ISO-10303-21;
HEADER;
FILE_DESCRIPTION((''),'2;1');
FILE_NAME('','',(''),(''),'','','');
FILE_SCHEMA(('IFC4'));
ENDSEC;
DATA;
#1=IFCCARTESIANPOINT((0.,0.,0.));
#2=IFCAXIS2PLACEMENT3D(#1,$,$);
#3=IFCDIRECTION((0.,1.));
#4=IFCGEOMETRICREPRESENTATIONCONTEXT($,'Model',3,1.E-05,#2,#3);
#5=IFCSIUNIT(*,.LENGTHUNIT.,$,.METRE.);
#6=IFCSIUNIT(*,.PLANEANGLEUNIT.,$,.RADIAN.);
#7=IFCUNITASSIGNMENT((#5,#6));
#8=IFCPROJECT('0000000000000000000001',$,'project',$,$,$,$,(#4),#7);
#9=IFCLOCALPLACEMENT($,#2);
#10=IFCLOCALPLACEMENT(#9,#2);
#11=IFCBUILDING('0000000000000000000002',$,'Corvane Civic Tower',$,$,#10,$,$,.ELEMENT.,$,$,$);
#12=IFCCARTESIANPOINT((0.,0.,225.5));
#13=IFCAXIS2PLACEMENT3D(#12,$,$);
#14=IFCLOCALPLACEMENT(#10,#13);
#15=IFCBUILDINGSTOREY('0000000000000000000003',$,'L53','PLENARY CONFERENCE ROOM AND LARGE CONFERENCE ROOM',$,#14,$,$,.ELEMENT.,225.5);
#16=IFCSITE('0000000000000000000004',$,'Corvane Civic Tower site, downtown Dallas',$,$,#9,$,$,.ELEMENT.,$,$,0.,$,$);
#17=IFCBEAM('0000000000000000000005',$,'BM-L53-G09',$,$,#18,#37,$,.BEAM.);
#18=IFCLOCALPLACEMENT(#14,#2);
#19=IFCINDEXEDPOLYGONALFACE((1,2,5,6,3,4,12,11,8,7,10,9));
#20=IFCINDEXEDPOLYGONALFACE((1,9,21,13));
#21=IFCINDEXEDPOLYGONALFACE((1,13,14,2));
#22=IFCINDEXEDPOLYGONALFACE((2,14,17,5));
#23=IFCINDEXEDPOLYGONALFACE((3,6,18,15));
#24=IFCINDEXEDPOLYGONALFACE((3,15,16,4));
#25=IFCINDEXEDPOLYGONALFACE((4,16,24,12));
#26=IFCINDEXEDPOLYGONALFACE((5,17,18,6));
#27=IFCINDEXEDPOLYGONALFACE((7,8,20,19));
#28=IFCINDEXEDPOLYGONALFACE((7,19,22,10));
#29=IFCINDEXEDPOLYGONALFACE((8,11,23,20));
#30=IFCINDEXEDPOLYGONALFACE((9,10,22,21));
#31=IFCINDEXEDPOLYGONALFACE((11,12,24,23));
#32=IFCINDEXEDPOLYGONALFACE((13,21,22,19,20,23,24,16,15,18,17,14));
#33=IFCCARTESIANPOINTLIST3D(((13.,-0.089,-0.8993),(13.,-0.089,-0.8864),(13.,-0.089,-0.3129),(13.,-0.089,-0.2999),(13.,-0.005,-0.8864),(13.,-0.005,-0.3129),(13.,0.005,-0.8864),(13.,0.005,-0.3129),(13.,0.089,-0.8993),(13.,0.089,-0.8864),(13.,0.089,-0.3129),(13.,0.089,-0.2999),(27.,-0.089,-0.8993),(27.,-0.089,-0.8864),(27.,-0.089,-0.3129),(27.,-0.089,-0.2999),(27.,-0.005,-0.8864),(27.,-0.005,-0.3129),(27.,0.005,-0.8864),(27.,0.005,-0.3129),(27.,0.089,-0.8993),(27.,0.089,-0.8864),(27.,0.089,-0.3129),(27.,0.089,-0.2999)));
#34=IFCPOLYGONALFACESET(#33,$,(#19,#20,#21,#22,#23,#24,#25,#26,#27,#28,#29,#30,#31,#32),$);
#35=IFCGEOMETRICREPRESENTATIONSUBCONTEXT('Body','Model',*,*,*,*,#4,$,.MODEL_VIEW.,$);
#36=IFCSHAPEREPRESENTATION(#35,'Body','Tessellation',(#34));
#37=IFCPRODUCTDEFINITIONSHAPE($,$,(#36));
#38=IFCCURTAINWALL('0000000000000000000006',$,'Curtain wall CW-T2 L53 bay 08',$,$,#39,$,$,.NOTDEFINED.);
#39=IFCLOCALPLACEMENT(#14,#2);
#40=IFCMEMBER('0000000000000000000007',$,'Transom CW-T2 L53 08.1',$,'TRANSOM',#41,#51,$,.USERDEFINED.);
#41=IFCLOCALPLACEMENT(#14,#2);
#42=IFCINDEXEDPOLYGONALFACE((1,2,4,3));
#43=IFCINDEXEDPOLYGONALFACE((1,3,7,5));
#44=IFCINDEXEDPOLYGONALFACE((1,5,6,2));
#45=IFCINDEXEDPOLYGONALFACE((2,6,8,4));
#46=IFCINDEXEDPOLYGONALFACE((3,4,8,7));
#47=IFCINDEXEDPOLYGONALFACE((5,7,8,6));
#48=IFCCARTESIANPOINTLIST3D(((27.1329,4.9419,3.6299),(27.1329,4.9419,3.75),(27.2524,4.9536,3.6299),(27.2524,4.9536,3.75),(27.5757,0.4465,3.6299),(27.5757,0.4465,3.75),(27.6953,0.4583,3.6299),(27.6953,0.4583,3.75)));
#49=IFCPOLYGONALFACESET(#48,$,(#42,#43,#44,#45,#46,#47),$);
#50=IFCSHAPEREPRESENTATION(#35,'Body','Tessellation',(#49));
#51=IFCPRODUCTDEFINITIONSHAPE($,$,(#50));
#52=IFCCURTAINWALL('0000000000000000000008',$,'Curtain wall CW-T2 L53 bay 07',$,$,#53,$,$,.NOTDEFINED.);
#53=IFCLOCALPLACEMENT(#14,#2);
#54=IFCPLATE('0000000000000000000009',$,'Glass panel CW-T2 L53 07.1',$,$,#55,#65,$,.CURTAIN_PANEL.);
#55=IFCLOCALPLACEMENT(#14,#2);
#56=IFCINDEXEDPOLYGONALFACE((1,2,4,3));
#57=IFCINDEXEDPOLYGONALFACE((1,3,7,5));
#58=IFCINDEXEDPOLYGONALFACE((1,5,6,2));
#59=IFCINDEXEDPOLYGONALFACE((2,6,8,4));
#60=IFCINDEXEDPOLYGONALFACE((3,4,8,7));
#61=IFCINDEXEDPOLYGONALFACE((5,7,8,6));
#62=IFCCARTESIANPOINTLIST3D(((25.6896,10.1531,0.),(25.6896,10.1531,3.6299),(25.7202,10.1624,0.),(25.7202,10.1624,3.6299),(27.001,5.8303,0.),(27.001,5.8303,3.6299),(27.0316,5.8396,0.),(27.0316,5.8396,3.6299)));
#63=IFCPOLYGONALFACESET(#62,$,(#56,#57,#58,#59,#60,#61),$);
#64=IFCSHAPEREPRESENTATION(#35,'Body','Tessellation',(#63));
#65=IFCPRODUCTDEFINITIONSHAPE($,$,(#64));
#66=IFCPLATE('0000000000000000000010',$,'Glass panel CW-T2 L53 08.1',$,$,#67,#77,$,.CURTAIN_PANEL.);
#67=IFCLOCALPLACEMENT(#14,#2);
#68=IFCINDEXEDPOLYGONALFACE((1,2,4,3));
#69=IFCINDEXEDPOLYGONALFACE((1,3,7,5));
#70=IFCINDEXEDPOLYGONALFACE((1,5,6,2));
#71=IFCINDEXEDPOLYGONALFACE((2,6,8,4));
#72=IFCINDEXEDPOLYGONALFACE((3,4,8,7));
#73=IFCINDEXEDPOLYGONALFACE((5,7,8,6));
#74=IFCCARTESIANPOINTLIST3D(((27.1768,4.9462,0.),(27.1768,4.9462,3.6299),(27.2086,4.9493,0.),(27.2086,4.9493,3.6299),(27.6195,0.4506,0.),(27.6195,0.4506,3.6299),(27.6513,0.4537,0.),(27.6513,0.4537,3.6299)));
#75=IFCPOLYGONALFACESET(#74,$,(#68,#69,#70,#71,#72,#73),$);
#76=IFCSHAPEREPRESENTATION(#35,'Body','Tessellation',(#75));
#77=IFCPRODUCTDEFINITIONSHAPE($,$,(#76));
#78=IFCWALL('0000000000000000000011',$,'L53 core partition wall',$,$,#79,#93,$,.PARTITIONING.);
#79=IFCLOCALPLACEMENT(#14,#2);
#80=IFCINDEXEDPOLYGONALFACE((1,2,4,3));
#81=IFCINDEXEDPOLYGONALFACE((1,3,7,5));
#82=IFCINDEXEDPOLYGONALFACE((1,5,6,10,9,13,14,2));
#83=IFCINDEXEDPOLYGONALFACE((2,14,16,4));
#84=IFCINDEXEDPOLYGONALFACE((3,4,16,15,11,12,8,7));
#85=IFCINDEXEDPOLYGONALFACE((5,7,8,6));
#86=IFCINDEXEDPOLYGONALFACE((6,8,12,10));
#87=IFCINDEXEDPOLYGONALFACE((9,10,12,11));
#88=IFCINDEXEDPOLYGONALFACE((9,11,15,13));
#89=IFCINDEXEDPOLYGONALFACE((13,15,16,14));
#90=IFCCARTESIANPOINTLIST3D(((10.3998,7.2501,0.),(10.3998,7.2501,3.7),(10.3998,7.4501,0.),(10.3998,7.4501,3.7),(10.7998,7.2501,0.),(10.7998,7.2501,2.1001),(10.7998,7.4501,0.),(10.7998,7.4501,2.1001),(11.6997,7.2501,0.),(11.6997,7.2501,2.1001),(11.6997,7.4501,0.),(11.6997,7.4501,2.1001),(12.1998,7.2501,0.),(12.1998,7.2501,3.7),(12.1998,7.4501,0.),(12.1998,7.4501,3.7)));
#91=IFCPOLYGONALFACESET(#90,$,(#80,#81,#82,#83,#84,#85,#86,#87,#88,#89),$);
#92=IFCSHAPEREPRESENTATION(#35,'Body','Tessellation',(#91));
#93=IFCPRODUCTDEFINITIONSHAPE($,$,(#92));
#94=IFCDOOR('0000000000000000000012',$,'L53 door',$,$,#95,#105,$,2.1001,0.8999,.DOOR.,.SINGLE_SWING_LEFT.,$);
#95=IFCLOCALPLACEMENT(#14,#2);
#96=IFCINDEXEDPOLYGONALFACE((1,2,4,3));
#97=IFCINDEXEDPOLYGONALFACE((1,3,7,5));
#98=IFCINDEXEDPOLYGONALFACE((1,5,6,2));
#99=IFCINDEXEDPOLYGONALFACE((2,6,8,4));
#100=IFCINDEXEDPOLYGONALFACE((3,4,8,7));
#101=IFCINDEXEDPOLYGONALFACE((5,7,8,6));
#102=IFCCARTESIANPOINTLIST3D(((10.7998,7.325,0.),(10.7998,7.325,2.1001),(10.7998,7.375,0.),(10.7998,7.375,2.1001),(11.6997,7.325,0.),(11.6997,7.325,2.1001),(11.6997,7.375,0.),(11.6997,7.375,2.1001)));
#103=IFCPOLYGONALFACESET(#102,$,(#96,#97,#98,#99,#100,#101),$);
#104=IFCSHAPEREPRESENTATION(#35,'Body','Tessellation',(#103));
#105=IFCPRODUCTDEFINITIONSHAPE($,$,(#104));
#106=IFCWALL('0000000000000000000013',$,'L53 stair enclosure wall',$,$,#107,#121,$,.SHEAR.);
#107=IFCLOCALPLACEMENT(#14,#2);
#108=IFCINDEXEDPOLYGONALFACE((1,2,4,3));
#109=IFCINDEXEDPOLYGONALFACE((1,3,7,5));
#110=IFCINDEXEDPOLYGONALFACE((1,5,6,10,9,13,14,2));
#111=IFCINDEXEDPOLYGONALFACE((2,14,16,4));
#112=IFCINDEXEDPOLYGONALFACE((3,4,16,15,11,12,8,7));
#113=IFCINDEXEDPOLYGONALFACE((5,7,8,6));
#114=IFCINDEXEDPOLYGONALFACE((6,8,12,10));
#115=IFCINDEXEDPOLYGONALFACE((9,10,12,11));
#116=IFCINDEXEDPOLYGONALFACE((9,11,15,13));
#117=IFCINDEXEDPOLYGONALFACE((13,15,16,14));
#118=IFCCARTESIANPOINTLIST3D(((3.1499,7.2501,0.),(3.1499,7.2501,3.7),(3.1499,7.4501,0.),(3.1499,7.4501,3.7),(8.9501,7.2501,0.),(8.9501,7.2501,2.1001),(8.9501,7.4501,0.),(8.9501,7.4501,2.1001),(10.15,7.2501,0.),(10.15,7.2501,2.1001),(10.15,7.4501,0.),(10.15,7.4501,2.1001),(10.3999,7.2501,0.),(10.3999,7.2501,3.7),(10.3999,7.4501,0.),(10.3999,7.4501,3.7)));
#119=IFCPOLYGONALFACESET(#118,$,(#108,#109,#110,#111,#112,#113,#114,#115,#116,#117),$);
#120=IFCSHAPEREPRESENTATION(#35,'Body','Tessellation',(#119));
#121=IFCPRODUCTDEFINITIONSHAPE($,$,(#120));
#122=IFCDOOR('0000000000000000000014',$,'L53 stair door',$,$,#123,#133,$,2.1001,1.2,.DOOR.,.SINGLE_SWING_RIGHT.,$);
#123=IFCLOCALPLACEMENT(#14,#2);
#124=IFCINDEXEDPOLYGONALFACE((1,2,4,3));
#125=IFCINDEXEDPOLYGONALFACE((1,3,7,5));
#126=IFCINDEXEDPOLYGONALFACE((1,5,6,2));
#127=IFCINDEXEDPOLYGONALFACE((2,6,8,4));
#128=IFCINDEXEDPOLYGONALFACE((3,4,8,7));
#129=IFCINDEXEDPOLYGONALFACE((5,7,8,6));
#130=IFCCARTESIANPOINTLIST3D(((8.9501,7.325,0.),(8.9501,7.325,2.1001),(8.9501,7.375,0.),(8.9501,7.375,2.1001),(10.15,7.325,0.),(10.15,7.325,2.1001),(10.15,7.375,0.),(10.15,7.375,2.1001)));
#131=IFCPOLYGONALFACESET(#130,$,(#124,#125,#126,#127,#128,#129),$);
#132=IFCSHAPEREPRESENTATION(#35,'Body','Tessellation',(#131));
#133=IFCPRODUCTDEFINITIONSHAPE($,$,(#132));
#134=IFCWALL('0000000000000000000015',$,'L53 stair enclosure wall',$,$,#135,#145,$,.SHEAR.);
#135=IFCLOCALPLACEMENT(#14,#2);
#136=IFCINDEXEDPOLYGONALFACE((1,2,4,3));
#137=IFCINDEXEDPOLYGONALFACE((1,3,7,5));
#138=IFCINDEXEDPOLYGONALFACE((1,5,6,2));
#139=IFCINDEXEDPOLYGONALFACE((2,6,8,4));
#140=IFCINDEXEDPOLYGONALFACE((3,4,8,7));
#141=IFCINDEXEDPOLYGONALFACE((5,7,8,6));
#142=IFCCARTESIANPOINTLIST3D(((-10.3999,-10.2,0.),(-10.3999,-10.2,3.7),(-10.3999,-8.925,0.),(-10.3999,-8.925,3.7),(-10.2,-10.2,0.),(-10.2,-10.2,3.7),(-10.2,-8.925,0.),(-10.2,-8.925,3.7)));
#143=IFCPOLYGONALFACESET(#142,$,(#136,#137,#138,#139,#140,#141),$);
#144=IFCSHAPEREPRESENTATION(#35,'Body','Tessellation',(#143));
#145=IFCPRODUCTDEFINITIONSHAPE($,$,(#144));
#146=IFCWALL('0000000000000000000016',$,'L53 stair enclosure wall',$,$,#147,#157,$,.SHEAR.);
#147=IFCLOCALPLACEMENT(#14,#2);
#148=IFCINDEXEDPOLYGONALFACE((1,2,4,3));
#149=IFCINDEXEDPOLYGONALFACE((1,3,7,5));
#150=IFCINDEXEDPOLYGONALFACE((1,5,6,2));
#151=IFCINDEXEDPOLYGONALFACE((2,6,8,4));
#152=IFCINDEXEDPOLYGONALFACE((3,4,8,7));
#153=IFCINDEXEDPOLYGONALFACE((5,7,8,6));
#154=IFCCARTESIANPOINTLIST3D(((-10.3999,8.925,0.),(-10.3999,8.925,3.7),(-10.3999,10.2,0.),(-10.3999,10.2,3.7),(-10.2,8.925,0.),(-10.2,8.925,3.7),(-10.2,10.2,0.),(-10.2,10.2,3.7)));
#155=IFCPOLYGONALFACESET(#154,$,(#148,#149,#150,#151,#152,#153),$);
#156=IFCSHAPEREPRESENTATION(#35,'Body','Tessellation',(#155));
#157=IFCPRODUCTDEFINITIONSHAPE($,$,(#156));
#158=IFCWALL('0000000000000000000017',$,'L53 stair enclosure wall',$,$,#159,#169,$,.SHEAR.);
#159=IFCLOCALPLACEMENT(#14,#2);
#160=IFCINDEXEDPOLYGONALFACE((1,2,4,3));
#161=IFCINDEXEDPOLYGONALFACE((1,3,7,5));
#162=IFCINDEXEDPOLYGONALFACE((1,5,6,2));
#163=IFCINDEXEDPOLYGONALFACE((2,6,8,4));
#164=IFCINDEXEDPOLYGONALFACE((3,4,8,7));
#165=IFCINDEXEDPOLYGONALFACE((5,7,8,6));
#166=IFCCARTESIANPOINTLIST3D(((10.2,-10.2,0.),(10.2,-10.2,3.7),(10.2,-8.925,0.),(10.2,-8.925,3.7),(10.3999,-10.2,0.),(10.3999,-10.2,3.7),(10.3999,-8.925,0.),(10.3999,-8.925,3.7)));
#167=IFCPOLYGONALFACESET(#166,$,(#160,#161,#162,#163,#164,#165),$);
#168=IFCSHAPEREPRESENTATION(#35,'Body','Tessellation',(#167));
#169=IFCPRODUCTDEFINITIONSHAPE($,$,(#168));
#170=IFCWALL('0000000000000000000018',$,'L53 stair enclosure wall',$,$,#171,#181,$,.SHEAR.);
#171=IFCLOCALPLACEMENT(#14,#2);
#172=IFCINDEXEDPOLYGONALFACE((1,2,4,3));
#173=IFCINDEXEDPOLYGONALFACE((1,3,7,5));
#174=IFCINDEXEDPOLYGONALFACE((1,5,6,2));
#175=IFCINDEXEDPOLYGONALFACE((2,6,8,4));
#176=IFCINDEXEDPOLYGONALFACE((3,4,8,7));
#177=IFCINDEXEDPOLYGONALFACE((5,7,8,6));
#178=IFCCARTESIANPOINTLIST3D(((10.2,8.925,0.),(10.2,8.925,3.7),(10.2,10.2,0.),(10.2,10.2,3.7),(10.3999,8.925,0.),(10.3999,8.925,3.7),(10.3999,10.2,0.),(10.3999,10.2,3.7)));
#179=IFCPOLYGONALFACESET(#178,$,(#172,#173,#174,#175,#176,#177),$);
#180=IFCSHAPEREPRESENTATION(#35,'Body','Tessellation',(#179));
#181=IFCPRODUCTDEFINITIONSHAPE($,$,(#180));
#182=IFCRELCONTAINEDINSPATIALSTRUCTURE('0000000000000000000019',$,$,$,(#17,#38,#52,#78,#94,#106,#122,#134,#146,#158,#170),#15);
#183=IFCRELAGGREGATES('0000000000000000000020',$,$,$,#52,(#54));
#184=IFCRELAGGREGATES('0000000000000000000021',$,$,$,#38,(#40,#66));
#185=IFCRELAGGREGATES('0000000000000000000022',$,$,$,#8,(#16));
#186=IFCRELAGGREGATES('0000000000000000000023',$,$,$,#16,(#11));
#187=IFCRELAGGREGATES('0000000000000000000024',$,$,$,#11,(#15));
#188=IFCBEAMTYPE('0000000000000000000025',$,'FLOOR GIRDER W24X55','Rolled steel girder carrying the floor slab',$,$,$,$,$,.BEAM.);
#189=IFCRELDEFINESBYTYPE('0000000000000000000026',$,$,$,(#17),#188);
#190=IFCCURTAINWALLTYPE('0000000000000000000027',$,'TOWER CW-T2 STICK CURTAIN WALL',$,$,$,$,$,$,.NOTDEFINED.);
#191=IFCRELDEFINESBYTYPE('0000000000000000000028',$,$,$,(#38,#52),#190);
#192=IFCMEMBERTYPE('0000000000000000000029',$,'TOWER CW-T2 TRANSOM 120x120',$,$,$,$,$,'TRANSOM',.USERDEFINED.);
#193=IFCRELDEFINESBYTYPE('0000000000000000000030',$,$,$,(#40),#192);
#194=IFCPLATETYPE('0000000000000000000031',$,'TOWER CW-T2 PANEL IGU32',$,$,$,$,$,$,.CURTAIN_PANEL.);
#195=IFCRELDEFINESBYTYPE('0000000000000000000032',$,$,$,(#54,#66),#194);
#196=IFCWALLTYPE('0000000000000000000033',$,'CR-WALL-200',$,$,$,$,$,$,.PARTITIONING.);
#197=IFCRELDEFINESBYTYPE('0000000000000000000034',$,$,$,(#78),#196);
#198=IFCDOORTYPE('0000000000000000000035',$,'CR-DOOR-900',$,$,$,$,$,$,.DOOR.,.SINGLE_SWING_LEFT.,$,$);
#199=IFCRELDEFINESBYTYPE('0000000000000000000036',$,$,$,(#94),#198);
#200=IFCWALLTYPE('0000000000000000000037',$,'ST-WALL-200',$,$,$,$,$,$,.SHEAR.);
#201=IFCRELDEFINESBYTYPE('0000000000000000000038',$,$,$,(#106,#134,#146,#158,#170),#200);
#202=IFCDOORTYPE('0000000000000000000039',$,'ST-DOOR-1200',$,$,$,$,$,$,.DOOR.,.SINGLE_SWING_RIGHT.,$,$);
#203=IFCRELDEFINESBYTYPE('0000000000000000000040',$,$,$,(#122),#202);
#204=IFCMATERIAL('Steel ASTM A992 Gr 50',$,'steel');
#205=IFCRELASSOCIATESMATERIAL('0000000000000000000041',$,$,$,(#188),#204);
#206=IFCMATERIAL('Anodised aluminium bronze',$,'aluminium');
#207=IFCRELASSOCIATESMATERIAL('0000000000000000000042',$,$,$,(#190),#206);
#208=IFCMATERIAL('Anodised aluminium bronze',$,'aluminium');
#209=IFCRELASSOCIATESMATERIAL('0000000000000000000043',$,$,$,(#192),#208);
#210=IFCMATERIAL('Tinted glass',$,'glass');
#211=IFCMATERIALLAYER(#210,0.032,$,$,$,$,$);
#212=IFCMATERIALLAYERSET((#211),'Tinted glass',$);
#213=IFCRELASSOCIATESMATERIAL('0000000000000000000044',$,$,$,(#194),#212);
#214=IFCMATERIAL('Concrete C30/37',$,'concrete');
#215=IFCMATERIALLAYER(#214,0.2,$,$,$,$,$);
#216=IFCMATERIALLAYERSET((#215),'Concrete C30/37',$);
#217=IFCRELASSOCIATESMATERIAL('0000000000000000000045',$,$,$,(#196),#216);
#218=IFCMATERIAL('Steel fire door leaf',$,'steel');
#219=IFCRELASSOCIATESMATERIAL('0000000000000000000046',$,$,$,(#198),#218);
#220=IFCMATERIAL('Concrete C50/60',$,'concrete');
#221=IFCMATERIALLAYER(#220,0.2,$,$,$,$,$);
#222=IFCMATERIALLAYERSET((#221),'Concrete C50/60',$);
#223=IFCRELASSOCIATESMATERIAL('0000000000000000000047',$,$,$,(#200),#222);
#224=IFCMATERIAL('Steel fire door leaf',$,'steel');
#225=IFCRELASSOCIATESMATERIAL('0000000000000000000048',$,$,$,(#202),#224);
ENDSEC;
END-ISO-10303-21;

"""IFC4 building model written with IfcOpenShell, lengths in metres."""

from ifc_helpers import new_model, si_unit, direction, frame, frame_2d, origin, origin_2d, place, context, subcontext, project, spatial, polyline, rectangle, i_section, outline, extrude, material, layer, layer_set, material_profile, profile_set, type_object, element, fill, aggregate, save


model = new_model("IFC4")

# Units and contexts
model_context = context("Model", 3, precision=1e-05, world=origin(), true_north=direction((0.0, 1.0)))
body_context = subcontext(model_context, "Body", "Model", "MODEL_VIEW")
ifc_project = project(units=[si_unit("LENGTHUNIT", "METRE"), si_unit("PLANEANGLEUNIT", "RADIAN")], contexts=[model_context])

# Site, building, storey
site_placement = place(None, origin())
site = spatial("IfcSite", under=ifc_project, at=site_placement, Name="Corvane Civic Tower site, downtown Dallas", CompositionType="ELEMENT", RefElevation=0.0)
building_placement = place(site_placement, origin())
building = spatial("IfcBuilding", under=site, at=building_placement, Name="Corvane Civic Tower", CompositionType="ELEMENT")
storey_placement = place(building_placement, frame((0.0, 0.0, 225.5)))
storey = spatial("IfcBuildingStorey", under=building, at=storey_placement, Name="L53", Description="PLENARY CONFERENCE ROOM AND LARGE CONFERENCE ROOM", CompositionType="ELEMENT", Elevation=225.5)

# Beam
ifc_material_1 = material(Name="Steel ASTM A992 Gr 50", Category="steel")
ifc_material_profile_1 = material_profile(ifc_material_1, i_section(OverallWidth=0.178, OverallDepth=0.5994, WebThickness=0.01, FlangeThickness=0.0129, at=origin_2d()), Name="W24X55")
ifc_profile_set_1 = profile_set([ifc_material_profile_1], Name="Steel ASTM A992 Gr 50")
beam_type_1 = type_object("IfcBeamType", Name="FLOOR GIRDER W24X55", Description="Rolled steel girder carrying the floor slab", PredefinedType="BEAM", material=ifc_profile_set_1)
beam_1_placement = place(storey_placement, frame((13.0, 0.0, -0.5996), z_axis=(1.0, 0.0, 0.0), x_axis=(0.0, 1.0, 0.0)))
element("IfcBeam", 1, at=beam_1_placement, inside=storey, type_object=beam_type_1, Name="BM-L53-G09", PredefinedType="BEAM", context=body_context, shape_type="SweptSolid", body=[
    extrude(i_section(OverallWidth=0.178, OverallDepth=0.5994, WebThickness=0.01, FlangeThickness=0.0129, at=origin_2d()), origin(), (0.0, 0.0, 1.0), 14.0),
])

# Curtain wall, member
ifc_material_2 = material(Name="Anodised aluminium bronze", Category="aluminium")
curtain_wall_type = type_object("IfcCurtainWallType", Name="TOWER CW-T2 STICK CURTAIN WALL", PredefinedType="NOTDEFINED", material=ifc_material_2)
curtain_wall_1_placement = place(storey_placement, origin())
curtain_wall_1 = element("IfcCurtainWall", 2, at=curtain_wall_1_placement, inside=storey, type_object=curtain_wall_type, Name="Curtain wall CW-T2 L53 bay 08", PredefinedType="NOTDEFINED")
ifc_material_3 = material(Name="Anodised aluminium bronze", Category="aluminium")
ifc_material_profile_2 = material_profile(ifc_material_3, rectangle(XDim=0.1201, YDim=0.1201, at=origin_2d()), Name="TOWER CW-T2 TRANSOM 120x120")
ifc_profile_set_2 = profile_set([ifc_material_profile_2], Name="Anodised aluminium bronze")
member_type = type_object("IfcMemberType", Name="TOWER CW-T2 TRANSOM 120x120", ElementType="TRANSOM", PredefinedType="USERDEFINED", material=ifc_profile_set_2)
member_placement = place(storey_placement, frame((27.1926, 4.9478, 3.6899), z_axis=(0.098043, -0.995182, 0.0), x_axis=(0.995182, 0.098043, 0.0)))
member = element("IfcMember", 3, at=member_placement, type_object=member_type, Name="Transom CW-T2 L53 08.1", ObjectType="TRANSOM", PredefinedType="USERDEFINED", context=body_context, shape_type="SweptSolid", body=[
    extrude(rectangle(XDim=0.1201, YDim=0.1201, at=origin_2d()), origin(), (0.0, 0.0, 1.0), 4.5171),
])

# Curtain wall, plate
curtain_wall_2_placement = place(storey_placement, origin())
curtain_wall_2 = element("IfcCurtainWall", 4, at=curtain_wall_2_placement, inside=storey, type_object=curtain_wall_type, Name="Curtain wall CW-T2 L53 bay 07", PredefinedType="NOTDEFINED")
ifc_material_4 = material(Name="Tinted glass", Category="glass")
ifc_layer_1 = layer(ifc_material_4, 0.032)
ifc_layer_set_1 = layer_set([ifc_layer_1], Name="Tinted glass")
plate_type = type_object("IfcPlateType", Name="TOWER CW-T2 PANEL IGU32", PredefinedType="CURTAIN_PANEL", material=ifc_layer_set_1)
plate_1_placement = place(storey_placement, frame((26.3606, 7.9963, 0.0), z_axis=(0.0, 0.0, 1.0), x_axis=(0.29029, -0.956939, 0.0)))
plate_1 = element("IfcPlate", 5, at=plate_1_placement, type_object=plate_type, Name="Glass panel CW-T2 L53 07.1", PredefinedType="CURTAIN_PANEL", context=body_context, shape_type="SweptSolid", body=[
    extrude(rectangle(XDim=4.5173, YDim=0.032, at=origin_2d()), origin(), (0.0, 0.0, 1.0), 3.6299),
])
aggregate(curtain_wall_2, [plate_1])

# Plate
plate_2_placement = place(storey_placement, frame((27.4141, 2.7, 0.0), z_axis=(0.0, 0.0, 1.0), x_axis=(0.097993, -0.995187, 0.0)))
plate_2 = element("IfcPlate", 6, at=plate_2_placement, type_object=plate_type, Name="Glass panel CW-T2 L53 08.1", PredefinedType="CURTAIN_PANEL", context=body_context, shape_type="SweptSolid", body=[
    extrude(rectangle(XDim=4.5173, YDim=0.032, at=origin_2d()), origin(), (0.0, 0.0, 1.0), 3.6299),
])
aggregate(curtain_wall_1, [member, plate_2])

# Walls, openings, doors
ifc_material_5 = material(Name="Concrete C30/37", Category="concrete")
ifc_layer_2 = layer(ifc_material_5, 0.2)
ifc_layer_set_2 = layer_set([ifc_layer_2], Name="Concrete C30/37")
wall_type_1 = type_object("IfcWallType", Name="CR-WALL-200", PredefinedType="PARTITIONING", material=ifc_layer_set_2)
wall_1_placement = place(storey_placement, frame((10.3999, 7.3501, 0.0), z_axis=(0.0, 0.0, 1.0), x_axis=(1.0, 0.0, 0.0)))
wall_1 = element("IfcWall", 7, at=wall_1_placement, inside=storey, type_object=wall_type_1, Name="L53 core partition wall", PredefinedType="PARTITIONING", context=body_context, shape_type="SweptSolid", body=[
    extrude(rectangle(XDim=1.8, YDim=0.2, at=frame_2d((0.8999, 0.0))), origin(), (0.0, 0.0, 1.0), 3.7),
])
opening_1_placement = place(wall_1_placement, frame((0.3999, 0.0, 0.0)))
opening_1 = element("IfcOpeningElement", 8, at=opening_1_placement, cuts=wall_1, PredefinedType="OPENING", context=body_context, shape_type="SweptSolid", body=[
    extrude(rectangle(XDim=0.8999, YDim=2.1001, at=frame_2d((0.45, 1.05))), frame((0.0, 0.1099, 0.0), z_axis=(0.0, -1.0, 0.0), x_axis=(1.0, 0.0, 0.0)), (0.0, 0.0, 1.0), 0.22),
])
ifc_material_6 = material(Name="Steel fire door leaf", Category="steel")
door_type_1 = type_object("IfcDoorType", Name="CR-DOOR-900", OperationType="SINGLE_SWING_LEFT", PredefinedType="DOOR", material=ifc_material_6)
door_1_placement = place(opening_1_placement, origin())
door_1 = element("IfcDoor", 9, at=door_1_placement, inside=storey, type_object=door_type_1, Name="L53 door", OperationType="SINGLE_SWING_LEFT", OverallHeight=2.1001, OverallWidth=0.8999, PredefinedType="DOOR", context=body_context, shape_type="SweptSolid", body=[
    extrude(rectangle(XDim=0.8999, YDim=2.1001, at=frame_2d((0.45, 1.05))), frame((0.0, 0.0249, 0.0), z_axis=(0.0, -1.0, 0.0), x_axis=(1.0, 0.0, 0.0)), (0.0, 0.0, 1.0), 0.05),
])
fill(opening_1, door_1)
ifc_material_7 = material(Name="Concrete C50/60", Category="concrete")
ifc_layer_3 = layer(ifc_material_7, 0.2)
ifc_layer_set_3 = layer_set([ifc_layer_3], Name="Concrete C50/60")
wall_type_2 = type_object("IfcWallType", Name="ST-WALL-200", PredefinedType="SHEAR", material=ifc_layer_set_3)
wall_2_placement = place(storey_placement, frame((3.1499, 7.3501, 0.0), z_axis=(0.0, 0.0, 1.0), x_axis=(1.0, 0.0, 0.0)))
wall_2 = element("IfcWall", 10, at=wall_2_placement, inside=storey, type_object=wall_type_2, Name="L53 stair enclosure wall", PredefinedType="SHEAR", context=body_context, shape_type="SweptSolid", body=[
    extrude(rectangle(XDim=7.25, YDim=0.2, at=frame_2d((3.625, 0.0))), origin(), (0.0, 0.0, 1.0), 3.7),
])
opening_2_placement = place(wall_2_placement, frame((5.8, 0.0, 0.0)))
opening_2 = element("IfcOpeningElement", 11, at=opening_2_placement, cuts=wall_2, PredefinedType="OPENING", context=body_context, shape_type="SweptSolid", body=[
    extrude(rectangle(XDim=1.2, YDim=2.1001, at=frame_2d((0.6001, 1.05))), frame((0.0, 0.1099, 0.0), z_axis=(0.0, -1.0, 0.0), x_axis=(1.0, 0.0, 0.0)), (0.0, 0.0, 1.0), 0.22),
])
ifc_material_8 = material(Name="Steel fire door leaf", Category="steel")
door_type_2 = type_object("IfcDoorType", Name="ST-DOOR-1200", OperationType="SINGLE_SWING_RIGHT", PredefinedType="DOOR", material=ifc_material_8)
door_2_placement = place(opening_2_placement, origin())
door_2 = element("IfcDoor", 12, at=door_2_placement, inside=storey, type_object=door_type_2, Name="L53 stair door", OperationType="SINGLE_SWING_RIGHT", OverallHeight=2.1001, OverallWidth=1.2, PredefinedType="DOOR", context=body_context, shape_type="SweptSolid", body=[
    extrude(rectangle(XDim=1.2, YDim=2.1001, at=frame_2d((0.6001, 1.05))), frame((0.0, 0.0249, 0.0), z_axis=(0.0, -1.0, 0.0), x_axis=(1.0, 0.0, 0.0)), (0.0, 0.0, 1.0), 0.05),
])
fill(opening_2, door_2)

# Walls
wall_3_placement = place(storey_placement, origin())
element("IfcWall", 13, at=wall_3_placement, inside=storey, type_object=wall_type_2, Name="L53 stair enclosure wall", PredefinedType="SHEAR", context=body_context, shape_type="SweptSolid", body=[
    extrude(outline(polyline([(-10.2, -8.925), (-10.2, -10.2), (-10.3999, -10.2), (-10.3999, -8.925), (-10.2, -8.925)])), origin(), (0.0, 0.0, 1.0), 3.7),
])
wall_4_placement = place(storey_placement, origin())
element("IfcWall", 14, at=wall_4_placement, inside=storey, type_object=wall_type_2, Name="L53 stair enclosure wall", PredefinedType="SHEAR", context=body_context, shape_type="SweptSolid", body=[
    extrude(outline(polyline([(-10.2, 8.925), (-10.3999, 8.925), (-10.3999, 10.2), (-10.2, 10.2), (-10.2, 8.925)])), origin(), (0.0, 0.0, 1.0), 3.7),
])
wall_5_placement = place(storey_placement, origin())
element("IfcWall", 15, at=wall_5_placement, inside=storey, type_object=wall_type_2, Name="L53 stair enclosure wall", PredefinedType="SHEAR", context=body_context, shape_type="SweptSolid", body=[
    extrude(outline(polyline([(10.3999, -8.925), (10.3999, -10.2), (10.2, -10.2), (10.2, -8.925), (10.3999, -8.925)])), origin(), (0.0, 0.0, 1.0), 3.7),
])
wall_6_placement = place(storey_placement, origin())
element("IfcWall", 16, at=wall_6_placement, inside=storey, type_object=wall_type_2, Name="L53 stair enclosure wall", PredefinedType="SHEAR", context=body_context, shape_type="SweptSolid", body=[
    extrude(outline(polyline([(10.3999, 8.925), (10.2, 8.925), (10.2, 10.2), (10.3999, 10.2), (10.3999, 8.925)])), origin(), (0.0, 0.0, 1.0), 3.7),
])

save(model, "model.ifc")
